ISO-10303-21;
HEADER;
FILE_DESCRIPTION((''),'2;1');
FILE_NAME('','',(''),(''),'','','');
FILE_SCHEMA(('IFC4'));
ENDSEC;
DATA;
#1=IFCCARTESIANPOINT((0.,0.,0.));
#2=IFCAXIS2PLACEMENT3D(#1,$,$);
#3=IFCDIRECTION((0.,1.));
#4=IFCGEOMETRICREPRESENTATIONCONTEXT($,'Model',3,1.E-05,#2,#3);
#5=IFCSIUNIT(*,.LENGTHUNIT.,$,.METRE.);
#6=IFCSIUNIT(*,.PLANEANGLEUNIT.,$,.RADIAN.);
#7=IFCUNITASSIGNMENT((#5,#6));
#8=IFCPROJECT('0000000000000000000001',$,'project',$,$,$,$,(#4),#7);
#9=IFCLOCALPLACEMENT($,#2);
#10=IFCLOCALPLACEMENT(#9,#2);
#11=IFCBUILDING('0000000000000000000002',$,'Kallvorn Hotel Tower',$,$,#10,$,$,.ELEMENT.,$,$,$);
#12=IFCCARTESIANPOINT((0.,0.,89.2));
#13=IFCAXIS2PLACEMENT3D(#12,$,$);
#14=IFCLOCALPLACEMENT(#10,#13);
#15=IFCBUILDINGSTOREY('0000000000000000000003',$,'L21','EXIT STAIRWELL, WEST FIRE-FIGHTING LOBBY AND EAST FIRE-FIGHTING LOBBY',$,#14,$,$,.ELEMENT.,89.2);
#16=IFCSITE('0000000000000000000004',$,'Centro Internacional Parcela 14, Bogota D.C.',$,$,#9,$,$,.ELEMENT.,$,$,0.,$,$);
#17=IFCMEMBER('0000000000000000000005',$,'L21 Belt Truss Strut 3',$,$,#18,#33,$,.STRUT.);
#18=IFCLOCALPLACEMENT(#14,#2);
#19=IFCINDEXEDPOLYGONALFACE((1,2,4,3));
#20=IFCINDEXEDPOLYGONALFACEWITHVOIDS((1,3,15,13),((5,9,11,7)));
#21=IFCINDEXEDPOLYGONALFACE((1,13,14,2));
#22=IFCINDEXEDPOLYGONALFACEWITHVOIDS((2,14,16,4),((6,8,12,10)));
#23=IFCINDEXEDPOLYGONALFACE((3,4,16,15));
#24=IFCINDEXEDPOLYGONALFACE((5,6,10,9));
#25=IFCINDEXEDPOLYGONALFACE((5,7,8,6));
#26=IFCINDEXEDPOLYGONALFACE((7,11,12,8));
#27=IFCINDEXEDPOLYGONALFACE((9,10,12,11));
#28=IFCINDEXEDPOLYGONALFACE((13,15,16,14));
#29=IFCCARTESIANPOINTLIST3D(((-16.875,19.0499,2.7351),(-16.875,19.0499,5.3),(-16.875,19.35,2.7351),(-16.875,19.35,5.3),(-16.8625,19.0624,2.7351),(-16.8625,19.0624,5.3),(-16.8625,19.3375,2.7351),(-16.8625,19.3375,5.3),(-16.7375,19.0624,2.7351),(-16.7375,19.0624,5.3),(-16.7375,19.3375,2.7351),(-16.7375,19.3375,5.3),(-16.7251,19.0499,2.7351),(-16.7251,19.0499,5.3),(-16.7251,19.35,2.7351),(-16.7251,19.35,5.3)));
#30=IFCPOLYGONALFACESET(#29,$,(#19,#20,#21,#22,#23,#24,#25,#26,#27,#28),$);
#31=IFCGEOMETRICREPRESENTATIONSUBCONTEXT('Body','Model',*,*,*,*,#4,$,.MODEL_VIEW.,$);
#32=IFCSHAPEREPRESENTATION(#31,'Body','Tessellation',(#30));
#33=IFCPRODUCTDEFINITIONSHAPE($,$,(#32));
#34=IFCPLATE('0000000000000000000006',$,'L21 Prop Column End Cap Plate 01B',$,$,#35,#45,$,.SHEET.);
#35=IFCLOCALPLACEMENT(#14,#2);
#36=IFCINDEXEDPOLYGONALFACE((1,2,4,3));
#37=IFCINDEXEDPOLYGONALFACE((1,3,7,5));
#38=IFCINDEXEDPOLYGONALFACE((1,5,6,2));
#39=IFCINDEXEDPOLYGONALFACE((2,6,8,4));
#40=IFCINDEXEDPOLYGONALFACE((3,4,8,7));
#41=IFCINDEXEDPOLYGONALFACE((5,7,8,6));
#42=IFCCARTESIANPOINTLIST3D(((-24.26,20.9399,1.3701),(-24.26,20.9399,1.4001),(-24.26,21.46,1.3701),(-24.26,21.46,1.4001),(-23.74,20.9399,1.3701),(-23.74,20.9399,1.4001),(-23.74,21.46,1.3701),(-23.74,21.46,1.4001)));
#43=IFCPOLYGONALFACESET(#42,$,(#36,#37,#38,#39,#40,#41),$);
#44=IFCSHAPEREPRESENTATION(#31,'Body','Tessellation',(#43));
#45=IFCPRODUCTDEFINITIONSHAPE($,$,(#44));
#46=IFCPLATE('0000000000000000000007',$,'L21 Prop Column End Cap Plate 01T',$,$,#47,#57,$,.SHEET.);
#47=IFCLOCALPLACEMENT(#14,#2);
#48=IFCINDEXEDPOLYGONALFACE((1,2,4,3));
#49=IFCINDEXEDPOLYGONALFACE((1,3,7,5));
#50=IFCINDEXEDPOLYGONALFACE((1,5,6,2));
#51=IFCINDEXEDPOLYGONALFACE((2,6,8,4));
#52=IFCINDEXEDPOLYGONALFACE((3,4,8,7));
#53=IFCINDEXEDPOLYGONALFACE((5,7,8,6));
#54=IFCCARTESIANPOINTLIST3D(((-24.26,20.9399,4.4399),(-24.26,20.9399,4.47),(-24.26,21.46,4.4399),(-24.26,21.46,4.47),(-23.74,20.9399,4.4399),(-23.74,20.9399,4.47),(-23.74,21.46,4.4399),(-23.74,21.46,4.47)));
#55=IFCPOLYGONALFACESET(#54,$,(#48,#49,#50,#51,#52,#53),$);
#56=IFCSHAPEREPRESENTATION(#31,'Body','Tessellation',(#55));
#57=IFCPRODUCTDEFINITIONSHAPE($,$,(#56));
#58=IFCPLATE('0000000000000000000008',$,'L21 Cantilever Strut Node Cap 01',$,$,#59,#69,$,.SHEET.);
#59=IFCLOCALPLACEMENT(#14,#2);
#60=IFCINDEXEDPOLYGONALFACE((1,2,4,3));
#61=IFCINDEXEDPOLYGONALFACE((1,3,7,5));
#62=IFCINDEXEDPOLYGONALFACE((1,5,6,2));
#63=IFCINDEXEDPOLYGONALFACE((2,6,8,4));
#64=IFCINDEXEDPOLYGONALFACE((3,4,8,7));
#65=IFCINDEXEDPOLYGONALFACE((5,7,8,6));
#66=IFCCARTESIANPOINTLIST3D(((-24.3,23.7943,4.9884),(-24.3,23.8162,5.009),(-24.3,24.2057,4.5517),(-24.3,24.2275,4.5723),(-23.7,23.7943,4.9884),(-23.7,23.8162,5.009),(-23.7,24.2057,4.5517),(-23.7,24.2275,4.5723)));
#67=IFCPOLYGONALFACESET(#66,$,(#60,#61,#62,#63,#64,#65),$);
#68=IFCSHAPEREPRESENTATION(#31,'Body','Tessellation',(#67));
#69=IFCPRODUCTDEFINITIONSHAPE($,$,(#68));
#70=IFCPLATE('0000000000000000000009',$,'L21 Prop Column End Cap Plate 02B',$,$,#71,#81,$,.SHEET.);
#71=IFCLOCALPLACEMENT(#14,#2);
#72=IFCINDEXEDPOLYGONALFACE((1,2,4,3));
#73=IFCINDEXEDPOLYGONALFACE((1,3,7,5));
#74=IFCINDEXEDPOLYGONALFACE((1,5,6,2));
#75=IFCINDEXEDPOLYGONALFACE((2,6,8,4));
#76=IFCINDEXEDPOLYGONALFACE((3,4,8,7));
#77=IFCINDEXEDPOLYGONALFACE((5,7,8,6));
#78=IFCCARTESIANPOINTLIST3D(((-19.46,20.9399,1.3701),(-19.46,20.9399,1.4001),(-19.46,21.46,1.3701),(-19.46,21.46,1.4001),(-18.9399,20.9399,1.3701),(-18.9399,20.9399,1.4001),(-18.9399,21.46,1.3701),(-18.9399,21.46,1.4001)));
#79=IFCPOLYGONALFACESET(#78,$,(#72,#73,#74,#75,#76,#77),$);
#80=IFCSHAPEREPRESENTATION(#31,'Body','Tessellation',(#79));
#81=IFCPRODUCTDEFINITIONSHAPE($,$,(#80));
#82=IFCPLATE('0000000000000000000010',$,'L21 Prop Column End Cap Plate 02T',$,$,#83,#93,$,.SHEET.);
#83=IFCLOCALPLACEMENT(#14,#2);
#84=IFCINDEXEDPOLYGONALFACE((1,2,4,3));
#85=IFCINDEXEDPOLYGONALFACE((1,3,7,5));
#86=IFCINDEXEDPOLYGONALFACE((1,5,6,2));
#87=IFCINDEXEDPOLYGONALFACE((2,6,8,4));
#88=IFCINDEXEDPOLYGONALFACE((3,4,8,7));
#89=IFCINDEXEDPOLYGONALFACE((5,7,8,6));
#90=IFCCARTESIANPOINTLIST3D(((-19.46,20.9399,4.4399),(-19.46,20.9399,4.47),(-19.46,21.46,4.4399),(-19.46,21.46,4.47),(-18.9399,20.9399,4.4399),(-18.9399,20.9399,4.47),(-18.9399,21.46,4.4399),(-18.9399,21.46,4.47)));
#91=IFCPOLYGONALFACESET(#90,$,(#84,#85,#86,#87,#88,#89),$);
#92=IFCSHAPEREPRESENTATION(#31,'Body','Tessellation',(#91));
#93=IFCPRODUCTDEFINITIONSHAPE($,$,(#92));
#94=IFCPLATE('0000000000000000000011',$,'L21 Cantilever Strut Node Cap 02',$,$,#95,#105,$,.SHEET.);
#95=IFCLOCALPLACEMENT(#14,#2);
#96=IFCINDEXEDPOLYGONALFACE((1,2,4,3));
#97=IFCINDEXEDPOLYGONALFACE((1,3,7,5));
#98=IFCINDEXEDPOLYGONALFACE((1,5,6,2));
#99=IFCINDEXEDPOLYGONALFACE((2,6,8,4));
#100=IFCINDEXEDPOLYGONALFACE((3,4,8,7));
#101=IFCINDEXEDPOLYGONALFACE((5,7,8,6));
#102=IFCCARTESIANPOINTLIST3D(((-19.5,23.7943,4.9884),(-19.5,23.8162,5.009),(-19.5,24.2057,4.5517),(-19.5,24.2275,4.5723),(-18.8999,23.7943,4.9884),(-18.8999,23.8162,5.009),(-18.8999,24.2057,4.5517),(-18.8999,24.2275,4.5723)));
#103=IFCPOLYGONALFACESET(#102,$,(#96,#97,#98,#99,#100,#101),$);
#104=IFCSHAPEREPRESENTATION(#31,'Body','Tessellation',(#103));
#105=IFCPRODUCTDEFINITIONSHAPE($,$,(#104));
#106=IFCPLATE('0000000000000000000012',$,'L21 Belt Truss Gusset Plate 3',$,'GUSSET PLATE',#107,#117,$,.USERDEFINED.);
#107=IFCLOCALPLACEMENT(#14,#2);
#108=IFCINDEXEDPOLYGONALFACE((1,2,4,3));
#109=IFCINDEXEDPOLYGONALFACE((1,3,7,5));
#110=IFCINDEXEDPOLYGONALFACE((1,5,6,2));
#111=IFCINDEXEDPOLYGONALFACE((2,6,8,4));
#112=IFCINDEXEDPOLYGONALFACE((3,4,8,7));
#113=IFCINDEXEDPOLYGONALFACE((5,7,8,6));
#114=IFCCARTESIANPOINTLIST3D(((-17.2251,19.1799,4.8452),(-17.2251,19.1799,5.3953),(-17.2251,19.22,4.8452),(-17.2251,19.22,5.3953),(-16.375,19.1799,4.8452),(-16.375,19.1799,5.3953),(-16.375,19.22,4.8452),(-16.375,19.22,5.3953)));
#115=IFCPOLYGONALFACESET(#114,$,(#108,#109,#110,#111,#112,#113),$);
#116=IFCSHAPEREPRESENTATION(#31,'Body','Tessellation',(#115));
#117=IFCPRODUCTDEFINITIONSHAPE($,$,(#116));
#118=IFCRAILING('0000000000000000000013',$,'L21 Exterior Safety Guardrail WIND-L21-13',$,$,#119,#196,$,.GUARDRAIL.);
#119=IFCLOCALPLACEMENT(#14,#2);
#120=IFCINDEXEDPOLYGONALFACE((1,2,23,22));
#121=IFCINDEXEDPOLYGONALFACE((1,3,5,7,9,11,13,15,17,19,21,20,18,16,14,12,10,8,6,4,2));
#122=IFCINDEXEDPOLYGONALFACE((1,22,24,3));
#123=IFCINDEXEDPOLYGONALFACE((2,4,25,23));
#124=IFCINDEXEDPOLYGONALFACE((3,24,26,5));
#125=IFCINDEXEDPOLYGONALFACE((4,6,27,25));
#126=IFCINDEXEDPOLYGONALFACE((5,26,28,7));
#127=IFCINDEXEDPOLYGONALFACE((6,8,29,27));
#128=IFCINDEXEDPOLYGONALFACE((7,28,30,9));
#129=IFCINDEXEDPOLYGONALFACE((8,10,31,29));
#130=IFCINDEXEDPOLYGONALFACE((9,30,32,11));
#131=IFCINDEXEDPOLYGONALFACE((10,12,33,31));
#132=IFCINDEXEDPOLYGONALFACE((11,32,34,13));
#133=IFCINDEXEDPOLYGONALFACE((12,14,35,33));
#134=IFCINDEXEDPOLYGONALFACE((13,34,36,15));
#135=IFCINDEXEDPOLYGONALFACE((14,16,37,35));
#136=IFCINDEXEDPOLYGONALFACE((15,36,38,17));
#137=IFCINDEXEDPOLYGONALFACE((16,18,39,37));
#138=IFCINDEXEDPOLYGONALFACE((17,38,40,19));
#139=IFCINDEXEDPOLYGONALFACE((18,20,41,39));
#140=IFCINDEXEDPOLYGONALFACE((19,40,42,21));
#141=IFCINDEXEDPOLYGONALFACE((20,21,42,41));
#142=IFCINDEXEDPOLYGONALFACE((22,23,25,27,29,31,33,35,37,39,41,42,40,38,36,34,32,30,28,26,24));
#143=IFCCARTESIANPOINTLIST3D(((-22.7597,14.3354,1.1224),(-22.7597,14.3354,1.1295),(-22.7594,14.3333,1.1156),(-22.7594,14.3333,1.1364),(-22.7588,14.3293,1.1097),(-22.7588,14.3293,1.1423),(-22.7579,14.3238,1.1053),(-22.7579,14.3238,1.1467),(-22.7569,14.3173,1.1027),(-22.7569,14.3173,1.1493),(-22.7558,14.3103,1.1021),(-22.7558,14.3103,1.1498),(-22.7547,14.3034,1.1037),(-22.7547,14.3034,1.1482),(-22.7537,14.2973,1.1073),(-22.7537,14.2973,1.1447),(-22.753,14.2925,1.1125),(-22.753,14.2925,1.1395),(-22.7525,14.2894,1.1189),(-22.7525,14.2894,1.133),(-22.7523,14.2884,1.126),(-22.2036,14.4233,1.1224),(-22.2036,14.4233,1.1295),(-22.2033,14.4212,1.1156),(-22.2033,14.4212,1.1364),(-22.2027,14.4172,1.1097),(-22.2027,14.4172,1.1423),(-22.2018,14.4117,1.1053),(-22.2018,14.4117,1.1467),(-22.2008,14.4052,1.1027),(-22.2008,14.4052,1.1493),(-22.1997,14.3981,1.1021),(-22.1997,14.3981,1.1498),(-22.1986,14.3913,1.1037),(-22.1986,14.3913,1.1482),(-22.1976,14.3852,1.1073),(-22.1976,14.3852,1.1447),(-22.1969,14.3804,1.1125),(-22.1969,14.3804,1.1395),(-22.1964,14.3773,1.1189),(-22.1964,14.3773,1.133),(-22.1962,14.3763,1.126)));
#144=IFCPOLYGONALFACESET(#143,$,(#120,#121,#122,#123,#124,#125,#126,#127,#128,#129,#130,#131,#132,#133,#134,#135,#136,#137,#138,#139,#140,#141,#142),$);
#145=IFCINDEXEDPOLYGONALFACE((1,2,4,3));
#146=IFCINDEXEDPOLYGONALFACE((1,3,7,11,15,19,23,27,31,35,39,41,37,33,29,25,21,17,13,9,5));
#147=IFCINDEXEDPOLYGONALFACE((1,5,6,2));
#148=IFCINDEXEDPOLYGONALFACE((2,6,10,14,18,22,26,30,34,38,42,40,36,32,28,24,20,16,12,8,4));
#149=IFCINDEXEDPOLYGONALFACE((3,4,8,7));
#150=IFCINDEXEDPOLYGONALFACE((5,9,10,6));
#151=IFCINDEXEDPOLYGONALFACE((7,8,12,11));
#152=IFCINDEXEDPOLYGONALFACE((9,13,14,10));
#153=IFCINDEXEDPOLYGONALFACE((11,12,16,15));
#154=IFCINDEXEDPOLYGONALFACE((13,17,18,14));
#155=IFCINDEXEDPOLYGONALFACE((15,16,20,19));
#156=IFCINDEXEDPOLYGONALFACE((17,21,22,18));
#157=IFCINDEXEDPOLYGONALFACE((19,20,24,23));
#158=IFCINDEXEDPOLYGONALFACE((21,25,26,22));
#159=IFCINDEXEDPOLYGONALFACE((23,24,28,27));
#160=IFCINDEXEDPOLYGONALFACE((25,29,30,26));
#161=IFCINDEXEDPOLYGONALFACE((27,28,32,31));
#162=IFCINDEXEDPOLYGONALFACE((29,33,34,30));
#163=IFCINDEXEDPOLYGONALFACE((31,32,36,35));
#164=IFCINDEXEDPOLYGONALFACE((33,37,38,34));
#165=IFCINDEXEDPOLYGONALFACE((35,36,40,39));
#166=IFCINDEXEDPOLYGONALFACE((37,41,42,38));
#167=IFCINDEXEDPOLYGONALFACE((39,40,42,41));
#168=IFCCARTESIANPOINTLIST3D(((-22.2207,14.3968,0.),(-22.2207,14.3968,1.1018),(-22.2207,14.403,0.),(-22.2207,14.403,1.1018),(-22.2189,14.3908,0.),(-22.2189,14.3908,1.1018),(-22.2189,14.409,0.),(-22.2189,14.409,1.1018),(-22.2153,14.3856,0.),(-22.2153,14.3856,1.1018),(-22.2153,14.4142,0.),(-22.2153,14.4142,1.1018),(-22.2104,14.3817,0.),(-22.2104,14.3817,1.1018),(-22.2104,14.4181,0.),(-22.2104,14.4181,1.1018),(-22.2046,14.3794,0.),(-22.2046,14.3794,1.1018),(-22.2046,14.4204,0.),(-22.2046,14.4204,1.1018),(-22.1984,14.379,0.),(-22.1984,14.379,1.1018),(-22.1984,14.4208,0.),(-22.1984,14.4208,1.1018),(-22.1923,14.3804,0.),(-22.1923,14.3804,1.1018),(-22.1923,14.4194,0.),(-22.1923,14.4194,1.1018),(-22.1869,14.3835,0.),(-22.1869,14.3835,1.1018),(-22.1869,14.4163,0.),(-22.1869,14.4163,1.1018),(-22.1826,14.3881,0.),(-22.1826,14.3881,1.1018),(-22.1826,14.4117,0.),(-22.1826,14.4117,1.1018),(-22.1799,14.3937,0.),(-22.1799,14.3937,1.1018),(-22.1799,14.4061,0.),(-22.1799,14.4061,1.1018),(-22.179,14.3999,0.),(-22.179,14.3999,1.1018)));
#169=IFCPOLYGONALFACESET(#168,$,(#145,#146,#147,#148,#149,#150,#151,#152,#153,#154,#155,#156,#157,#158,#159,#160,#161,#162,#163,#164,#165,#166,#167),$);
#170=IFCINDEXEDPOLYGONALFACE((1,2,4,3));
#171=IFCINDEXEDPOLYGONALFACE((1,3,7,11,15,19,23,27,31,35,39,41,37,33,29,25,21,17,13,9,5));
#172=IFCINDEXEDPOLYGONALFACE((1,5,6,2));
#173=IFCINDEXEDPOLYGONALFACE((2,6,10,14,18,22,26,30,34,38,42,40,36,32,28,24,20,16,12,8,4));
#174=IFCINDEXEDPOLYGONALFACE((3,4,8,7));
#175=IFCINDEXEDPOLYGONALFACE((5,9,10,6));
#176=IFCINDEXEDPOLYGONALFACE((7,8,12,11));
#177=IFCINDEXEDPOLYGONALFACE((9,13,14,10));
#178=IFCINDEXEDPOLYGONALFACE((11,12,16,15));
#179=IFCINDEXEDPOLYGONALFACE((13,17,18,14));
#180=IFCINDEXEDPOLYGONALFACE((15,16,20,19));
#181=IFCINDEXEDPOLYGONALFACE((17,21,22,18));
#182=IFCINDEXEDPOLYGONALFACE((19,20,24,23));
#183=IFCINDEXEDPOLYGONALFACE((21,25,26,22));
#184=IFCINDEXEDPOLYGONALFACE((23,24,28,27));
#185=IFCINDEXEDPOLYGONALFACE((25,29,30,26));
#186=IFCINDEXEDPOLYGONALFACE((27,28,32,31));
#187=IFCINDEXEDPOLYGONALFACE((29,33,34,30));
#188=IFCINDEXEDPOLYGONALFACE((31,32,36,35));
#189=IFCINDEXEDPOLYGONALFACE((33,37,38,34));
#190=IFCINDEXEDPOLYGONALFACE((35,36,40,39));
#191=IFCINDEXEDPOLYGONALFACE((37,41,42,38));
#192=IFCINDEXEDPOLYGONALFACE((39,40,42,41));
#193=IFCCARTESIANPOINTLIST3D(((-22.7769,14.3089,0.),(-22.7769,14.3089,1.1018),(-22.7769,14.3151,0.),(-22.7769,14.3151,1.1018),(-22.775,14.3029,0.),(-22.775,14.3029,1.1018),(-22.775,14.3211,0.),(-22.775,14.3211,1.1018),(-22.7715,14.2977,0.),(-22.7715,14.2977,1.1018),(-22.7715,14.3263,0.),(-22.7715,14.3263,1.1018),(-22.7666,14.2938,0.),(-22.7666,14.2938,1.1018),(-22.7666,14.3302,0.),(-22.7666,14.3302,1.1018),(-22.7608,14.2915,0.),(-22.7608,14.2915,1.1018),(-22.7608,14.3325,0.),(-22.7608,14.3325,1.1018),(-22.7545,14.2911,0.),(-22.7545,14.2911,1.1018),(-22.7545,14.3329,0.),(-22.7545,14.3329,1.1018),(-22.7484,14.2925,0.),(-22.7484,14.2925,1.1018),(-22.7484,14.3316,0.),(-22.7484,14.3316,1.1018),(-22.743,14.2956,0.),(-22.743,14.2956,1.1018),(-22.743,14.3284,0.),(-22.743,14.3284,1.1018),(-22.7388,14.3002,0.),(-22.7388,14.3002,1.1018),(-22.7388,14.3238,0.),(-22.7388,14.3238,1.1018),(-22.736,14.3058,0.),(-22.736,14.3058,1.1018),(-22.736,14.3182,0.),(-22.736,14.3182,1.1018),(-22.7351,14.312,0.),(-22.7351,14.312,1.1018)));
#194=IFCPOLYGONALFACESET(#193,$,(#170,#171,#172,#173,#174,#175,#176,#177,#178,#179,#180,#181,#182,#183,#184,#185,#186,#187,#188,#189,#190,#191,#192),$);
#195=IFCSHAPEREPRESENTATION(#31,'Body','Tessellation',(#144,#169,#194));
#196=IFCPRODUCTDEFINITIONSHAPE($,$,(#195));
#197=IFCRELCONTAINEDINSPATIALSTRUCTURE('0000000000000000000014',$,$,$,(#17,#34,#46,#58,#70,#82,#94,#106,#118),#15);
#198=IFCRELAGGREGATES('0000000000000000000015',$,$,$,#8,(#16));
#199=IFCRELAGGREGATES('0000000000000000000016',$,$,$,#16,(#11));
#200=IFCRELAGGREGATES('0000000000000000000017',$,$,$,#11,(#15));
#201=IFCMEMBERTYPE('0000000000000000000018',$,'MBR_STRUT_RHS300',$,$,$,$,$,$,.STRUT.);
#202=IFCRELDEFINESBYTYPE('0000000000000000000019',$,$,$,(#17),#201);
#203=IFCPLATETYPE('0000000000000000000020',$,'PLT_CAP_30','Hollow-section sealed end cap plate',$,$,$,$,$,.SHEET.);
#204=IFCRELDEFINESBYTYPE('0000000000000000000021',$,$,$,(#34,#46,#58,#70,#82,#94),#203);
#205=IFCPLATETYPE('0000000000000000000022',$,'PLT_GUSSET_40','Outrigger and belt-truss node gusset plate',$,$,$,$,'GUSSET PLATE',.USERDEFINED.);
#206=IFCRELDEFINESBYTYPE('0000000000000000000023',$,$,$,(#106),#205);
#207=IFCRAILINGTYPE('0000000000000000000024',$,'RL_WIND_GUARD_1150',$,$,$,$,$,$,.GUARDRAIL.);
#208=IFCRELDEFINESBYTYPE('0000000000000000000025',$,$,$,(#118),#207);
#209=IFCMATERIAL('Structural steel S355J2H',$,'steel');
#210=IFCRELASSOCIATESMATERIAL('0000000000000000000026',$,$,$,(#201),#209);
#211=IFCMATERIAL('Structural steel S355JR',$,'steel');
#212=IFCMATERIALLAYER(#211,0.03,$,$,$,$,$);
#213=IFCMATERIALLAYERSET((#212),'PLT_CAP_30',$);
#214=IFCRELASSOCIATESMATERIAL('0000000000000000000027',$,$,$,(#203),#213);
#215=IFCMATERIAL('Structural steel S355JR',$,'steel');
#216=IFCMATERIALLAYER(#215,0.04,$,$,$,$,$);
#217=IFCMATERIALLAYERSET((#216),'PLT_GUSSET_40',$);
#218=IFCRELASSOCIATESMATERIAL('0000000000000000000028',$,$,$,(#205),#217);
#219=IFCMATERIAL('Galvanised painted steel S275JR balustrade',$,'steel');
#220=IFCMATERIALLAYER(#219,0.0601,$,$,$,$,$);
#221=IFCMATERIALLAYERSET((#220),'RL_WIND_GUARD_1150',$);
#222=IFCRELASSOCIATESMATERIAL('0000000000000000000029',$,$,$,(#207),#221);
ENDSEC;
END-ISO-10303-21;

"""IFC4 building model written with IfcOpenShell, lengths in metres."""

from ifc_helpers import new_model, si_unit, direction, frame, origin, origin_2d, place, context, subcontext, project, spatial, polyline, rectangle, hollow_rectangle, circle, outline, extrude, material, layer, layer_set, material_profile, profile_set, type_object, element, save


model = new_model("IFC4")

# Units and contexts
model_context = context("Model", 3, precision=1e-05, world=origin(), true_north=direction((0.0, 1.0)))
body_context = subcontext(model_context, "Body", "Model", "MODEL_VIEW")
ifc_project = project(units=[si_unit("LENGTHUNIT", "METRE"), si_unit("PLANEANGLEUNIT", "RADIAN")], contexts=[model_context])

# Site, building, storey
site_placement = place(None, origin())
site = spatial("IfcSite", under=ifc_project, at=site_placement, Name="Centro Internacional Parcela 14, Bogota D.C.", CompositionType="ELEMENT", RefElevation=0.0)
building_placement = place(site_placement, origin())
building = spatial("IfcBuilding", under=site, at=building_placement, Name="Kallvorn Hotel Tower", CompositionType="ELEMENT")
storey_placement = place(building_placement, frame((0.0, 0.0, 89.2)))
storey = spatial("IfcBuildingStorey", under=building, at=storey_placement, Name="L21", Description="EXIT STAIRWELL, WEST FIRE-FIGHTING LOBBY AND EAST FIRE-FIGHTING LOBBY", CompositionType="ELEMENT", Elevation=89.2)

# Member
ifc_material_1 = material(Name="Structural steel S355J2H", Category="steel")
ifc_material_profile_1 = material_profile(ifc_material_1, hollow_rectangle(XDim=0.1499, YDim=0.3, WallThickness=0.0125, at=origin_2d()), Name="RHS 300x150x12.5")
ifc_profile_set_1 = profile_set([ifc_material_profile_1], Name="Structural steel S355J2H")
member_type_1 = type_object("IfcMemberType", Name="MBR_STRUT_RHS300", PredefinedType="STRUT", material=ifc_profile_set_1)
member_1_placement = place(storey_placement, frame((-16.8, 19.2, 2.7351), z_axis=(0.0, 0.0, 1.0), x_axis=(1.0, 0.0, 0.0)))
element("IfcMember", 1, at=member_1_placement, inside=storey, type_object=member_type_1, Name="L21 Belt Truss Strut 3", PredefinedType="STRUT", context=body_context, shape_type="SweptSolid", body=[
    extrude(hollow_rectangle(XDim=0.1499, YDim=0.3, WallThickness=0.0125, at=origin_2d()), origin(), (0.0, 0.0, 1.0), 2.5649),
])

# Plates
ifc_material_2 = material(Name="Structural steel S355JR", Category="steel")
ifc_layer_1 = layer(ifc_material_2, 0.03)
ifc_layer_set_1 = layer_set([ifc_layer_1], Name="PLT_CAP_30")
plate_type_1 = type_object("IfcPlateType", Name="PLT_CAP_30", Description="Hollow-section sealed end cap plate", PredefinedType="SHEET", material=ifc_layer_set_1)
for number, where, z_axis, x_axis, name in (
    (2, (-24.0, 21.2, 1.3701), (0.0, 0.0, 1.0), (1.0, 0.0, 0.0), "L21 Prop Column End Cap Plate 01B"),
    (3, (-24.0, 21.2, 4.4399), (0.0, 0.0, 1.0), (1.0, 0.0, 0.0), "L21 Prop Column End Cap Plate 01T"),
):
    element("IfcPlate", number, at=place(storey_placement, frame(where, z_axis=z_axis, x_axis=x_axis)), inside=storey, type_object=plate_type_1, Name=name, PredefinedType="SHEET", context=body_context, shape_type="SweptSolid", body=[
        extrude(rectangle(XDim=0.52, YDim=0.52, at=origin_2d()), origin(), (0.0, 0.0, 1.0), 0.03),
    ])
plate_1_placement = place(storey_placement, frame((-23.7, 24.2275, 4.5723), z_axis=(0.0, 0.727949, 0.685631), x_axis=(-1.0, 0.0, 0.0)))
element("IfcPlate", 4, at=plate_1_placement, inside=storey, type_object=plate_type_1, Name="L21 Cantilever Strut Node Cap 01", PredefinedType="SHEET", context=body_context, shape_type="SweptSolid", body=[
    extrude(outline(polyline([(0.0, 0.0), (0.6001, 0.0), (0.6001, 0.6), (0.0, 0.6), (0.0, 0.0)])), origin(), (0.0, 0.0, -1.0), 0.03),
])
for number, where, z_axis, x_axis, name in (
    (5, (-19.2, 21.2, 1.3701), (0.0, 0.0, 1.0), (1.0, 0.0, 0.0), "L21 Prop Column End Cap Plate 02B"),
    (6, (-19.2, 21.2, 4.4399), (0.0, 0.0, 1.0), (1.0, 0.0, 0.0), "L21 Prop Column End Cap Plate 02T"),
):
    element("IfcPlate", number, at=place(storey_placement, frame(where, z_axis=z_axis, x_axis=x_axis)), inside=storey, type_object=plate_type_1, Name=name, PredefinedType="SHEET", context=body_context, shape_type="SweptSolid", body=[
        extrude(rectangle(XDim=0.52, YDim=0.52, at=origin_2d()), origin(), (0.0, 0.0, 1.0), 0.03),
    ])
plate_2_placement = place(storey_placement, frame((-18.8999, 24.2275, 4.5723), z_axis=(0.0, 0.727949, 0.685631), x_axis=(-1.0, 0.0, 0.0)))
element("IfcPlate", 7, at=plate_2_placement, inside=storey, type_object=plate_type_1, Name="L21 Cantilever Strut Node Cap 02", PredefinedType="SHEET", context=body_context, shape_type="SweptSolid", body=[
    extrude(outline(polyline([(0.0, 0.0), (0.6001, 0.0), (0.6001, 0.6), (0.0, 0.6), (0.0, 0.0)])), origin(), (0.0, 0.0, -1.0), 0.03),
])
ifc_material_3 = material(Name="Structural steel S355JR", Category="steel")
ifc_layer_2 = layer(ifc_material_3, 0.04)
ifc_layer_set_2 = layer_set([ifc_layer_2], Name="PLT_GUSSET_40")
plate_type_2 = type_object("IfcPlateType", Name="PLT_GUSSET_40", Description="Outrigger and belt-truss node gusset plate", ElementType="GUSSET PLATE", PredefinedType="USERDEFINED", material=ifc_layer_set_2)
plate_3_placement = place(storey_placement, frame((-16.8, 19.2, 4.8452), z_axis=(0.0, 0.0, 1.0), x_axis=(1.0, 0.0, 0.0)))
element("IfcPlate", 8, at=plate_3_placement, inside=storey, type_object=plate_type_2, Name="L21 Belt Truss Gusset Plate 3", ObjectType="GUSSET PLATE", PredefinedType="USERDEFINED", context=body_context, shape_type="SweptSolid", body=[
    extrude(rectangle(XDim=0.8501, YDim=0.04, at=origin_2d()), origin(), (0.0, 0.0, 1.0), 0.55),
])

# Railing
ifc_material_4 = material(Name="Galvanised painted steel S275JR balustrade", Category="steel")
ifc_layer_3 = layer(ifc_material_4, 0.0601)
ifc_layer_set_3 = layer_set([ifc_layer_3], Name="RL_WIND_GUARD_1150")
railing_type = type_object("IfcRailingType", Name="RL_WIND_GUARD_1150", PredefinedType="GUARDRAIL", material=ifc_layer_set_3)
railing_placement = place(storey_placement, frame((-22.2, 14.3999, 0.0)))
element("IfcRailing", 9, at=railing_placement, inside=storey, type_object=railing_type, Name="L21 Exterior Safety Guardrail WIND-L21-13", PredefinedType="GUARDRAIL", context=body_context, shape_type="SweptSolid", body=[
    extrude(circle(Radius=0.0239, at=origin_2d()), frame((0.0, 0.0, 1.126), z_axis=(-0.987742, -0.156096, 0.0), x_axis=(0.156096, -0.987742, 0.0)), (0.0, 0.0, 1.0), 0.563),
    extrude(circle(Radius=0.021, at=origin_2d()), origin(), (0.0, 0.0, 1.0), 1.1018),
    extrude(circle(Radius=0.021, at=origin_2d()), frame((-0.5562, -0.0879, 0.0)), (0.0, 0.0, 1.0), 1.1018),
])

save(model, "model.ifc")
